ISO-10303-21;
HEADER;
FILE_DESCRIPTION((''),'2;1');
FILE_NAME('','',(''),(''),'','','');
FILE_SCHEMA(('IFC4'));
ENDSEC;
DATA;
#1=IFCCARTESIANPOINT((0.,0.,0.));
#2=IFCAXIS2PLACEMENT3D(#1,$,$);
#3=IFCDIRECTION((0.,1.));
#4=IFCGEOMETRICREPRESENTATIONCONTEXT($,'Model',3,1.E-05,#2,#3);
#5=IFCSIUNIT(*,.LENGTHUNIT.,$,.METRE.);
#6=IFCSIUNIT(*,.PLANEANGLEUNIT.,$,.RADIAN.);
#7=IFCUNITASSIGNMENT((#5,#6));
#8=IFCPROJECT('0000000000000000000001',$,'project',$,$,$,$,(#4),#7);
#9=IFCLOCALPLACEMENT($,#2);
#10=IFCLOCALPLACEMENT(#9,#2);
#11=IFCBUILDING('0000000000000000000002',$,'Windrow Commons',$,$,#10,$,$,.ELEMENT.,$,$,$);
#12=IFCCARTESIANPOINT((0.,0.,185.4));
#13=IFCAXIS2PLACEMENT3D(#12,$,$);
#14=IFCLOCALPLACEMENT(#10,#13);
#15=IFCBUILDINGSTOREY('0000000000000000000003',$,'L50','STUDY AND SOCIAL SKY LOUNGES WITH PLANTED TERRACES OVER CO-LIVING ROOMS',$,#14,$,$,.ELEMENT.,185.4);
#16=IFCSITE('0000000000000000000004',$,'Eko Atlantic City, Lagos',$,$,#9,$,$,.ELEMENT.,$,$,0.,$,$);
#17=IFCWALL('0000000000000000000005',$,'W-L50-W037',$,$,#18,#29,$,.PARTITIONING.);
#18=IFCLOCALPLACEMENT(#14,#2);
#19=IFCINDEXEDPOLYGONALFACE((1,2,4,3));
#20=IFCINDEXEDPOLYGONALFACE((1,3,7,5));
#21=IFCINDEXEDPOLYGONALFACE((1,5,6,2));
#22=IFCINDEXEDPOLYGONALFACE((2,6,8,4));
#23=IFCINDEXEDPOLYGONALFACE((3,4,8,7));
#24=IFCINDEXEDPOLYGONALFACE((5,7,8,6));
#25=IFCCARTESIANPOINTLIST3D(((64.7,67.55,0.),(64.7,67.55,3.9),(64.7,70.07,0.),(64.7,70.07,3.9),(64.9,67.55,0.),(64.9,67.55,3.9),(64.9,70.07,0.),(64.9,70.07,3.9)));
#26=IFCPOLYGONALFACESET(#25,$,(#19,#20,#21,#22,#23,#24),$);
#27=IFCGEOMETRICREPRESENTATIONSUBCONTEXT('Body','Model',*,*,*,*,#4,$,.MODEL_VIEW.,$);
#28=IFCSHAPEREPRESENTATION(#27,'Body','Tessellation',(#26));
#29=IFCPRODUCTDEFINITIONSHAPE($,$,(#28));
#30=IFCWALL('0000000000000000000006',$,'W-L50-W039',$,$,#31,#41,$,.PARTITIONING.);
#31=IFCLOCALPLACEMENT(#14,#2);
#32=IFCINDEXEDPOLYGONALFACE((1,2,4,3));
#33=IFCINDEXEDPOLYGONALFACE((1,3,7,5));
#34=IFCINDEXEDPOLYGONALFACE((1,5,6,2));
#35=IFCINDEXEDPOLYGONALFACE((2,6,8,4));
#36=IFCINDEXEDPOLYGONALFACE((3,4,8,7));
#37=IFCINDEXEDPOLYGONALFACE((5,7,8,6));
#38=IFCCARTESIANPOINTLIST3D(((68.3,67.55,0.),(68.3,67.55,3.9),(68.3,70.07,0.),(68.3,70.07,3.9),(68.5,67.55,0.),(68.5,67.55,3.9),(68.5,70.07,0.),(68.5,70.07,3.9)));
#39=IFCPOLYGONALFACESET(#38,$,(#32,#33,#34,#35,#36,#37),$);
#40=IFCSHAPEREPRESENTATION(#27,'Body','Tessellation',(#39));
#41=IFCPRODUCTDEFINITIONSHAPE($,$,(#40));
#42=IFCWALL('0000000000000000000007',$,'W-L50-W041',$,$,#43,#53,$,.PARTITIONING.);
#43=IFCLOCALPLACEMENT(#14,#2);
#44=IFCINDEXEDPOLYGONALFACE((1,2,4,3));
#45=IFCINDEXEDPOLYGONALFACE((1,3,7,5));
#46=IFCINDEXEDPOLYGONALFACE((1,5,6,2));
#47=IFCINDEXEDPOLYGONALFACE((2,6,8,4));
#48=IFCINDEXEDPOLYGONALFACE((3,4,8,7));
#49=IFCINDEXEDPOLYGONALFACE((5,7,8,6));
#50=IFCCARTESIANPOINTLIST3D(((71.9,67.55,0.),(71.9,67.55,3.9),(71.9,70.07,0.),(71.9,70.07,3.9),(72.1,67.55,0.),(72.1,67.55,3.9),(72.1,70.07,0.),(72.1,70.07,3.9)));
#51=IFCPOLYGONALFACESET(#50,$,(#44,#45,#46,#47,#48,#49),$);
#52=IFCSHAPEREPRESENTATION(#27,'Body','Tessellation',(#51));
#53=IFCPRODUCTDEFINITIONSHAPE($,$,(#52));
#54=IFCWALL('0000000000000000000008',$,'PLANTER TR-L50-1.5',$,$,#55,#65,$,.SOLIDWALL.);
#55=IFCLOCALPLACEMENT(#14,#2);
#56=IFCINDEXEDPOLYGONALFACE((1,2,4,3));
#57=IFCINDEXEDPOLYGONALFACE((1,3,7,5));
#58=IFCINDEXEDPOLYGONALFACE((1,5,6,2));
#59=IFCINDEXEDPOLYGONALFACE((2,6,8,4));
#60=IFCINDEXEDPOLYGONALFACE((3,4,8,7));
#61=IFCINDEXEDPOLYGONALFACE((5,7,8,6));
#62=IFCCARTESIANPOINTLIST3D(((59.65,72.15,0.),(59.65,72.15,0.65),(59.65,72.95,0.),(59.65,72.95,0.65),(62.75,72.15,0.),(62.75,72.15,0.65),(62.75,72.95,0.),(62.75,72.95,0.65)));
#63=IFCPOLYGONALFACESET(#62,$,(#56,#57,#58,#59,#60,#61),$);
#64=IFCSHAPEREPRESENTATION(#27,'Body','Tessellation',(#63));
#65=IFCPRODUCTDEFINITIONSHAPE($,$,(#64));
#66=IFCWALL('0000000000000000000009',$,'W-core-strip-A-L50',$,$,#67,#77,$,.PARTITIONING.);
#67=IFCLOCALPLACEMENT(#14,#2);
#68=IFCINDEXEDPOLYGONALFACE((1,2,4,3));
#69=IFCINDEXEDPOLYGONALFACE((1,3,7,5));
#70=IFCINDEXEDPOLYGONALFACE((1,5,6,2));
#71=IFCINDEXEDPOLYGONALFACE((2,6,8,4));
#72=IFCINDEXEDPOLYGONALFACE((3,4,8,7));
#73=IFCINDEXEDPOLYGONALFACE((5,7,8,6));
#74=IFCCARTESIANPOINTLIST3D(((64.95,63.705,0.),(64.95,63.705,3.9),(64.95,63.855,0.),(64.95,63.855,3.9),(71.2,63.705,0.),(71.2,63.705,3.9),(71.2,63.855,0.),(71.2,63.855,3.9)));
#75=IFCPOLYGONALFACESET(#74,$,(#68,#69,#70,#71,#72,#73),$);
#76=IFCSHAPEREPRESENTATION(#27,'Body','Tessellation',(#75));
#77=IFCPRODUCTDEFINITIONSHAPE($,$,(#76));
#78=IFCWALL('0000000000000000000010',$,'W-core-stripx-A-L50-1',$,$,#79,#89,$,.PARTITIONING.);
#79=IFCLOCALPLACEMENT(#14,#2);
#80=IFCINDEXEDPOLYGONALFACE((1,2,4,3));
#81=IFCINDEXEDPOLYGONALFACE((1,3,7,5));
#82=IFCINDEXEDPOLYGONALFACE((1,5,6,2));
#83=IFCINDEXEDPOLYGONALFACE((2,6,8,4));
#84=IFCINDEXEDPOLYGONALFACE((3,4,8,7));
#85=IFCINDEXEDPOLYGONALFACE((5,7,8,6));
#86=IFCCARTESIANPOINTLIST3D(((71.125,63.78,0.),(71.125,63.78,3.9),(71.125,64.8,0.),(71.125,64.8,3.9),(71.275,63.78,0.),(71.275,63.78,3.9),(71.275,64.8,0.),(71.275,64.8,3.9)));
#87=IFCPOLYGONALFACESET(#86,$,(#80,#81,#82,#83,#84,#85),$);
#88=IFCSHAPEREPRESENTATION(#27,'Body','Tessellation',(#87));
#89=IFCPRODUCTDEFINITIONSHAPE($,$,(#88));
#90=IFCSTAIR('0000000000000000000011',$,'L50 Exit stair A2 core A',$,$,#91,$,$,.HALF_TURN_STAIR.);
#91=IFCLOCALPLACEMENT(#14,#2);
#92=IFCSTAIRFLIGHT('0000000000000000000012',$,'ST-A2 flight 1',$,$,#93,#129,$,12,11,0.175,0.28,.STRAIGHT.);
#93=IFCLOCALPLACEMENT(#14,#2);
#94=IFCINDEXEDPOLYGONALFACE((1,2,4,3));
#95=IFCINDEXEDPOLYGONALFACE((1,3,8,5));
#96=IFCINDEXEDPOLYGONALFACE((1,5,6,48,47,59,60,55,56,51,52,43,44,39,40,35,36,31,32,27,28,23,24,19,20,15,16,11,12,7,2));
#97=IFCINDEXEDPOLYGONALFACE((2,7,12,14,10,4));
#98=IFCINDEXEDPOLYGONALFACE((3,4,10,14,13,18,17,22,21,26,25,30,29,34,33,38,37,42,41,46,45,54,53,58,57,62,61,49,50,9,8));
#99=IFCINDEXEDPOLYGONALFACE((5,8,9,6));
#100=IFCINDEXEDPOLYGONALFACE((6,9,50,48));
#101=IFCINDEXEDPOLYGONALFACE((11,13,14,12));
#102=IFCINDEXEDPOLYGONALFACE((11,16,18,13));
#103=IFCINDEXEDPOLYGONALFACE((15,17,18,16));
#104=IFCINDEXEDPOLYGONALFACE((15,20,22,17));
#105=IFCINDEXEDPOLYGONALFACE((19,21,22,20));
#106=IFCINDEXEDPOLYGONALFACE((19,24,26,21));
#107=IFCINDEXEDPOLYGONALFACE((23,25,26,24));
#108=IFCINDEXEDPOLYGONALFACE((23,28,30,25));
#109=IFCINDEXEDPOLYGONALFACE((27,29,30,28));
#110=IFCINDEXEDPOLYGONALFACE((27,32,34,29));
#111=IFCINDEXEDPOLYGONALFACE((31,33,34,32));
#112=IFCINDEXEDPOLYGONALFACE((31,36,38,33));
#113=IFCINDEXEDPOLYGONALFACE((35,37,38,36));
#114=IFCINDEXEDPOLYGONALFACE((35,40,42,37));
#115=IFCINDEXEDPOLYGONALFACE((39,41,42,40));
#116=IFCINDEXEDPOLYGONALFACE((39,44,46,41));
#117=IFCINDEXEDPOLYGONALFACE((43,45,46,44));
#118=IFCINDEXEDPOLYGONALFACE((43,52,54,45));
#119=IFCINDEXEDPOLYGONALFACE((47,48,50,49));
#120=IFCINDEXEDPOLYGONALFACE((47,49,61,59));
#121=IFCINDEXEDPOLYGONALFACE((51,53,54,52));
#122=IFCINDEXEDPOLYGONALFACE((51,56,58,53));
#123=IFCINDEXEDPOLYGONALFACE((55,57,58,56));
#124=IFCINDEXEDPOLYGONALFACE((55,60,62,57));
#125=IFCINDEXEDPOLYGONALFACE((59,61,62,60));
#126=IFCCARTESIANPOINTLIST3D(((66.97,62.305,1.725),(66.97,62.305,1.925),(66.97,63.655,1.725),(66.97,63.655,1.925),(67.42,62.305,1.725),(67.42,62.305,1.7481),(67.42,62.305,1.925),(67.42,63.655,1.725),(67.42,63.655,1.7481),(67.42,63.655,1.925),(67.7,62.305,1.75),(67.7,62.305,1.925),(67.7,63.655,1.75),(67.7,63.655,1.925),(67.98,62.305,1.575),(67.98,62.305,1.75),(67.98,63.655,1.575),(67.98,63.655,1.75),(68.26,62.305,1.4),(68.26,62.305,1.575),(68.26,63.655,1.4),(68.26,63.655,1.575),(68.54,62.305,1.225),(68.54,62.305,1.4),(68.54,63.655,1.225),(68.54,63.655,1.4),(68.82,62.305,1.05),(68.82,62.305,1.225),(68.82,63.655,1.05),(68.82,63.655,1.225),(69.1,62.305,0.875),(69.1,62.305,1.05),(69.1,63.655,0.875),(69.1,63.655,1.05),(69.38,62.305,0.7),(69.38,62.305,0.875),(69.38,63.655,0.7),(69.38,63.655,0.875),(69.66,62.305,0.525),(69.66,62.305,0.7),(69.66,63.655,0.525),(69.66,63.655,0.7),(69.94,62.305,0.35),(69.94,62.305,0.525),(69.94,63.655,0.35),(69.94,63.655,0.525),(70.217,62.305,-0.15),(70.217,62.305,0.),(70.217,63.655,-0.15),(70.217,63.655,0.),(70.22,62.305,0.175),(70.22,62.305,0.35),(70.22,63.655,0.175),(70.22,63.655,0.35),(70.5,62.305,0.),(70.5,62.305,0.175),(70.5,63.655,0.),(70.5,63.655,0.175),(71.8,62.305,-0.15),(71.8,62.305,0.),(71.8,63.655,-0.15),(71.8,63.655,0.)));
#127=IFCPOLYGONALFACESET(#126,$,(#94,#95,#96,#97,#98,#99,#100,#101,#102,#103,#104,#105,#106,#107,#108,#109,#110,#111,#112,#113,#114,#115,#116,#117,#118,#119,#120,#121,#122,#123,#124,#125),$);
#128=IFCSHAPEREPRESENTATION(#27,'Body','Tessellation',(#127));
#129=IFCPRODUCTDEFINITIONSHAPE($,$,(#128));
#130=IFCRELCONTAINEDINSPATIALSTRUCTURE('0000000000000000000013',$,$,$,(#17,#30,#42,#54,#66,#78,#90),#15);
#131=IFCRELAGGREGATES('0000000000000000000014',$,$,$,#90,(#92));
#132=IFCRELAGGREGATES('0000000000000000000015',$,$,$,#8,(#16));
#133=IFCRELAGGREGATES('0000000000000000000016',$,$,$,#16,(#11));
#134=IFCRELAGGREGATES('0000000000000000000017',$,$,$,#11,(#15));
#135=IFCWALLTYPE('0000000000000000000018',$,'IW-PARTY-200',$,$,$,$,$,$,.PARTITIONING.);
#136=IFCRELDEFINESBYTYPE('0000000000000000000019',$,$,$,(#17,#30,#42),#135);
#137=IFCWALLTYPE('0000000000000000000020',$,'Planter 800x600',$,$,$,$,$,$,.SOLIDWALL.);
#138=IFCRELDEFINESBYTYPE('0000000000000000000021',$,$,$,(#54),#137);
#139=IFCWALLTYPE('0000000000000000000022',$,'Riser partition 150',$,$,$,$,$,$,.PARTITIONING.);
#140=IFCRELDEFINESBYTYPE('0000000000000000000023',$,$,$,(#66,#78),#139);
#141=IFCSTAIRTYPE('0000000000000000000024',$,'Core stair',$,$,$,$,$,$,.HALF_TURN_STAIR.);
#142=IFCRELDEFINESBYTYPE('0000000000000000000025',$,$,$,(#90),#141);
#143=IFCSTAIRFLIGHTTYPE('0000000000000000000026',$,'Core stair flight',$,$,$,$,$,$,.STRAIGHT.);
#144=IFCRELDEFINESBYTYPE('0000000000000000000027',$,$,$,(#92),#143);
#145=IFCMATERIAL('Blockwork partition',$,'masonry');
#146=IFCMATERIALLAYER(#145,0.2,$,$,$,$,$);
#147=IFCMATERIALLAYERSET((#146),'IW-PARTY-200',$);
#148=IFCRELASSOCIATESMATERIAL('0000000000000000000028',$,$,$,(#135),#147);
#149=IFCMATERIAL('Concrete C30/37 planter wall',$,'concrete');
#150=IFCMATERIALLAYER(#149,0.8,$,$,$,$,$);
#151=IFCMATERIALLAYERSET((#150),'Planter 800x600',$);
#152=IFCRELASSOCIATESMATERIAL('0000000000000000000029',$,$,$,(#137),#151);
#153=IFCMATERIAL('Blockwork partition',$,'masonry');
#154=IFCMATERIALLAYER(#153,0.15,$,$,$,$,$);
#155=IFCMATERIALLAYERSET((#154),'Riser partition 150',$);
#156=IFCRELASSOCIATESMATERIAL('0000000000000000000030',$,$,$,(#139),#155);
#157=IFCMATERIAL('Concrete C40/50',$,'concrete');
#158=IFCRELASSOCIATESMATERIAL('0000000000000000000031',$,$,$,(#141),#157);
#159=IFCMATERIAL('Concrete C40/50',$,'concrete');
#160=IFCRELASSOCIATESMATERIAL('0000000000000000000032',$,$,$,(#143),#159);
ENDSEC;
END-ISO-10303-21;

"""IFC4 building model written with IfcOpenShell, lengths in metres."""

from ifc_helpers import new_model, si_unit, direction, frame, frame_2d, origin, place, context, subcontext, project, spatial, polyline, rectangle, outline, extrude, material, layer, layer_set, type_object, element, aggregate, save


model = new_model("IFC4")

# Units and contexts
model_context = context("Model", 3, precision=1e-05, world=origin(), true_north=direction((0.0, 1.0)))
body_context = subcontext(model_context, "Body", "Model", "MODEL_VIEW")
ifc_project = project(units=[si_unit("LENGTHUNIT", "METRE"), si_unit("PLANEANGLEUNIT", "RADIAN")], contexts=[model_context])

# Site, building, storey
site_placement = place(None, origin())
site = spatial("IfcSite", under=ifc_project, at=site_placement, Name="Eko Atlantic City, Lagos", CompositionType="ELEMENT", RefElevation=0.0)
building_placement = place(site_placement, origin())
building = spatial("IfcBuilding", under=site, at=building_placement, Name="Windrow Commons", CompositionType="ELEMENT")
storey_placement = place(building_placement, frame((0.0, 0.0, 185.4)))
storey = spatial("IfcBuildingStorey", under=building, at=storey_placement, Name="L50", Description="STUDY AND SOCIAL SKY LOUNGES WITH PLANTED TERRACES OVER CO-LIVING ROOMS", CompositionType="ELEMENT", Elevation=185.4)

# Shared definitions
placement = place(storey_placement, origin())

# Walls
ifc_material_1 = material(Name="Blockwork partition", Category="masonry")
ifc_layer_1 = layer(ifc_material_1, 0.2)
ifc_layer_set_1 = layer_set([ifc_layer_1], Name="IW-PARTY-200")
wall_type_1 = type_object("IfcWallType", Name="IW-PARTY-200", PredefinedType="PARTITIONING", material=ifc_layer_set_1)
for number, where, z_axis, x_axis, name in (
    (1, (64.8, 67.55, 0.0), (0.0, 0.0, 1.0), (0.0, 1.0, 0.0), "W-L50-W037"),
    (2, (68.4, 67.55, 0.0), (0.0, 0.0, 1.0), (0.0, 1.0, 0.0), "W-L50-W039"),
    (3, (72.0, 67.55, 0.0), (0.0, 0.0, 1.0), (0.0, 1.0, 0.0), "W-L50-W041"),
):
    element("IfcWall", number, at=place(storey_placement, frame(where, z_axis=z_axis, x_axis=x_axis)), inside=storey, type_object=wall_type_1, Name=name, PredefinedType="PARTITIONING", context=body_context, shape_type="SweptSolid", body=[
        extrude(rectangle(XDim=2.52, YDim=0.2, at=frame_2d((1.26, 0.0))), origin(), (0.0, 0.0, 1.0), 3.9),
    ])
ifc_material_2 = material(Name="Concrete C30/37 planter wall", Category="concrete")
ifc_layer_2 = layer(ifc_material_2, 0.8)
ifc_layer_set_2 = layer_set([ifc_layer_2], Name="Planter 800x600")
wall_type_2 = type_object("IfcWallType", Name="Planter 800x600", PredefinedType="SOLIDWALL", material=ifc_layer_set_2)
wall_1_placement = place(storey_placement, frame((62.75, 72.55, 0.0), z_axis=(0.0, 0.0, 1.0), x_axis=(-1.0, 0.0, 0.0)))
element("IfcWall", 4, at=wall_1_placement, inside=storey, type_object=wall_type_2, Name="PLANTER TR-L50-1.5", PredefinedType="SOLIDWALL", context=body_context, shape_type="SweptSolid", body=[
    extrude(rectangle(XDim=3.1, YDim=0.8, at=frame_2d((1.55, 0.0))), origin(), (0.0, 0.0, 1.0), 0.65),
])
ifc_material_3 = material(Name="Blockwork partition", Category="masonry")
ifc_layer_3 = layer(ifc_material_3, 0.15)
ifc_layer_set_3 = layer_set([ifc_layer_3], Name="Riser partition 150")
wall_type_3 = type_object("IfcWallType", Name="Riser partition 150", PredefinedType="PARTITIONING", material=ifc_layer_set_3)
wall_2_placement = place(storey_placement, frame((64.95, 63.78, 0.0), z_axis=(0.0, 0.0, 1.0), x_axis=(1.0, 0.0, 0.0)))
element("IfcWall", 5, at=wall_2_placement, inside=storey, type_object=wall_type_3, Name="W-core-strip-A-L50", PredefinedType="PARTITIONING", context=body_context, shape_type="SweptSolid", body=[
    extrude(rectangle(XDim=6.25, YDim=0.15, at=frame_2d((3.125, 0.0))), origin(), (0.0, 0.0, 1.0), 3.9),
])
wall_3_placement = place(storey_placement, frame((71.2, 63.78, 0.0), z_axis=(0.0, 0.0, 1.0), x_axis=(0.0, 1.0, 0.0)))
element("IfcWall", 6, at=wall_3_placement, inside=storey, type_object=wall_type_3, Name="W-core-stripx-A-L50-1", PredefinedType="PARTITIONING", context=body_context, shape_type="SweptSolid", body=[
    extrude(rectangle(XDim=1.02, YDim=0.15, at=frame_2d((0.51, 0.0))), origin(), (0.0, 0.0, 1.0), 3.9),
])

# Stair, stair flight
ifc_material_4 = material(Name="Concrete C40/50", Category="concrete")
stair_type = type_object("IfcStairType", Name="Core stair", PredefinedType="HALF_TURN_STAIR", material=ifc_material_4)
stair = element("IfcStair", 7, at=placement, inside=storey, type_object=stair_type, Name="L50 Exit stair A2 core A", PredefinedType="HALF_TURN_STAIR")
ifc_material_5 = material(Name="Concrete C40/50", Category="concrete")
stair_flight_type = type_object("IfcStairFlightType", Name="Core stair flight", PredefinedType="STRAIGHT", material=ifc_material_5)
stair_flight_placement = place(storey_placement, frame((70.5, 62.98, 0.0), z_axis=(0.0, 0.0, 1.0), x_axis=(-1.0, 0.0, 0.0)))
stair_flight = element("IfcStairFlight", 8, at=stair_flight_placement, type_object=stair_flight_type, Name="ST-A2 flight 1", NumberOfRisers=12, NumberOfTreads=11, PredefinedType="STRAIGHT", RiserHeight=0.175, TreadLength=0.28, context=body_context, shape_type="SweptSolid", body=[
    extrude(outline(polyline([(-1.3, -0.15), (-1.3, 0.0), (0.0, 0.0), (0.0, 0.175), (0.28, 0.175), (0.28, 0.35), (0.56, 0.35), (0.56, 0.525), (0.84, 0.525), (0.84, 0.7), (1.12, 0.7), (1.12, 0.875), (1.4, 0.875), (1.4, 1.05), (1.68, 1.05), (1.68, 1.225), (1.96, 1.225), (1.96, 1.4), (2.24, 1.4), (2.24, 1.575), (2.52, 1.575), (2.52, 1.75), (2.8, 1.75), (2.8, 1.925), (3.08, 1.925), (3.53, 1.925), (3.53, 1.725), (3.08, 1.725), (3.08, 1.7481), (0.283, 0.0), (0.283, -0.15), (-1.3, -0.15)])), frame((0.0, 0.675, 0.0), z_axis=(0.0, -1.0, 0.0), x_axis=(1.0, 0.0, 0.0)), (0.0, 0.0, 1.0), 1.35),
])
aggregate(stair, [stair_flight])

save(model, "model.ifc")
